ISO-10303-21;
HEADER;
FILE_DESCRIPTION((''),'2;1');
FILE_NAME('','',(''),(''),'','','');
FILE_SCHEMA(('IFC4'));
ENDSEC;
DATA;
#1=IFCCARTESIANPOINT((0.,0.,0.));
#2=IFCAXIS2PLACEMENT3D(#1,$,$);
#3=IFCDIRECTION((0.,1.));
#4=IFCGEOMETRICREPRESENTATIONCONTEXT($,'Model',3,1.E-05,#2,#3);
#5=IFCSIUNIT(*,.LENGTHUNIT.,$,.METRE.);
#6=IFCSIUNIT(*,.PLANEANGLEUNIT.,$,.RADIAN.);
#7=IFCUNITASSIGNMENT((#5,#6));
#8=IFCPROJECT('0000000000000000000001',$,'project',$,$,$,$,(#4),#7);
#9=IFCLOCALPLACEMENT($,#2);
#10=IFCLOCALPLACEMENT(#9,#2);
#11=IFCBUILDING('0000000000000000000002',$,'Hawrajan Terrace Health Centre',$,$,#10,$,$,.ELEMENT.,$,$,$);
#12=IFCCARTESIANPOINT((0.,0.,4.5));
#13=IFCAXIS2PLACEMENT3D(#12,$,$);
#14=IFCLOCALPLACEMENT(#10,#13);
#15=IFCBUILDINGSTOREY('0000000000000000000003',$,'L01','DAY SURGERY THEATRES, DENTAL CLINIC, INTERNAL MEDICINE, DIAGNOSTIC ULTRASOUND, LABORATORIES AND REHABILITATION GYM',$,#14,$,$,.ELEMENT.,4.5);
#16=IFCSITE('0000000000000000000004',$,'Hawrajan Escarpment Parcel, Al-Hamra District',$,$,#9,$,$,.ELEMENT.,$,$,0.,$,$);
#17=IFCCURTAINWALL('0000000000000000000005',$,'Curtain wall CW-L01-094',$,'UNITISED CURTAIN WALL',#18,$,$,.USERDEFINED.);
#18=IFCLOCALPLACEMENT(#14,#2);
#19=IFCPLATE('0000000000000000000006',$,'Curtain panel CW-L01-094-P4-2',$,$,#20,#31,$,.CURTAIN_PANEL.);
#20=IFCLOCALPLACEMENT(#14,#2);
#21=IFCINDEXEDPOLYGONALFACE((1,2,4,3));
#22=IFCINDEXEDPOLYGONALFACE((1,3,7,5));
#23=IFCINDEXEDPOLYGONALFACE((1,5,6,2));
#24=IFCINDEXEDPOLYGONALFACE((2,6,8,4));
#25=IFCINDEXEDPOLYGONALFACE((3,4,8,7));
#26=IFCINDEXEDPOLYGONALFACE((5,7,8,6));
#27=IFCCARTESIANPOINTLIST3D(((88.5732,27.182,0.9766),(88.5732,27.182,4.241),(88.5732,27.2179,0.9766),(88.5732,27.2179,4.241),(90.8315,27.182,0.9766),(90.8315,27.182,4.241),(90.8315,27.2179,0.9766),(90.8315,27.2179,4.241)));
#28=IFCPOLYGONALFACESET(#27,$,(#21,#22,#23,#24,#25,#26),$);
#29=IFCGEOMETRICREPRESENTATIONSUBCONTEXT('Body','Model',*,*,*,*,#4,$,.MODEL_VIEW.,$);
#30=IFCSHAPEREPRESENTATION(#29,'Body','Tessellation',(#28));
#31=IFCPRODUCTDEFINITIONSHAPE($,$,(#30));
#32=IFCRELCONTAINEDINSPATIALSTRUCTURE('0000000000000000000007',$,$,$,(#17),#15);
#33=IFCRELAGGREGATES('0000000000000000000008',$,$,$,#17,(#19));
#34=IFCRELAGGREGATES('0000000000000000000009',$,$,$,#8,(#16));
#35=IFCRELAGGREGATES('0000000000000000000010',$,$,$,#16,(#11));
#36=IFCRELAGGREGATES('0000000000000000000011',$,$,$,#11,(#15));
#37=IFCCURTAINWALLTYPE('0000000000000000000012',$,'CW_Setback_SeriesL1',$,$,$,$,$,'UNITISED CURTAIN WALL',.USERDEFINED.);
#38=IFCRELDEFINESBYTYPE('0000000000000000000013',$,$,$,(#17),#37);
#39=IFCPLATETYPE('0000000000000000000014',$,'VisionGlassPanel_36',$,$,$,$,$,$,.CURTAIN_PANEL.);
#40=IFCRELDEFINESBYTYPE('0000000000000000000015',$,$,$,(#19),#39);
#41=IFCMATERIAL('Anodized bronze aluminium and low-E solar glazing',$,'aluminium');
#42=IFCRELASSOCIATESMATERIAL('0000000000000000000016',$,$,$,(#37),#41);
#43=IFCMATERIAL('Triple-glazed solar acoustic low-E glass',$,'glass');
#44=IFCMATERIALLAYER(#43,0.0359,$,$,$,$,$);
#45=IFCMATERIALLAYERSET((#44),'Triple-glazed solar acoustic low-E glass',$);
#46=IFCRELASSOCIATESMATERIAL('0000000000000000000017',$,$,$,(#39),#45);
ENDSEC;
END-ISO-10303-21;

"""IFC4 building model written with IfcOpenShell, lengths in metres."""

from ifc_helpers import new_model, si_unit, direction, frame, origin, origin_2d, place, context, subcontext, project, spatial, rectangle, extrude, material, layer, layer_set, type_object, element, aggregate, save


model = new_model("IFC4")

# Units and contexts
model_context = context("Model", 3, precision=1e-05, world=origin(), true_north=direction((0.0, 1.0)))
body_context = subcontext(model_context, "Body", "Model", "MODEL_VIEW")
ifc_project = project(units=[si_unit("LENGTHUNIT", "METRE"), si_unit("PLANEANGLEUNIT", "RADIAN")], contexts=[model_context])

# Site, building, storey
site_placement = place(None, origin())
site = spatial("IfcSite", under=ifc_project, at=site_placement, Name="Hawrajan Escarpment Parcel, Al-Hamra District", CompositionType="ELEMENT", RefElevation=0.0)
building_placement = place(site_placement, origin())
building = spatial("IfcBuilding", under=site, at=building_placement, Name="Hawrajan Terrace Health Centre", CompositionType="ELEMENT")
storey_placement = place(building_placement, frame((0.0, 0.0, 4.5)))
storey = spatial("IfcBuildingStorey", under=building, at=storey_placement, Name="L01", Description="DAY SURGERY THEATRES, DENTAL CLINIC, INTERNAL MEDICINE, DIAGNOSTIC ULTRASOUND, LABORATORIES AND REHABILITATION GYM", CompositionType="ELEMENT", Elevation=4.5)

# Curtain wall
ifc_material_1 = material(Name="Anodized bronze aluminium and low-E solar glazing", Category="aluminium")
curtain_wall_type_1 = type_object("IfcCurtainWallType", Name="CW_Setback_SeriesL1", ElementType="UNITISED CURTAIN WALL", PredefinedType="USERDEFINED", material=ifc_material_1)
curtain_wall_1_placement = place(storey_placement, origin())
curtain_wall_1 = element("IfcCurtainWall", 1, at=curtain_wall_1_placement, inside=storey, type_object=curtain_wall_type_1, Name="Curtain wall CW-L01-094", ObjectType="UNITISED CURTAIN WALL", PredefinedType="USERDEFINED")

# Plate
ifc_material_2 = material(Name="Triple-glazed solar acoustic low-E glass", Category="glass")
ifc_layer_1 = layer(ifc_material_2, 0.0359)
ifc_layer_set_1 = layer_set([ifc_layer_1], Name="Triple-glazed solar acoustic low-E glass")
plate_type_1 = type_object("IfcPlateType", Name="VisionGlassPanel_36", PredefinedType="CURTAIN_PANEL", material=ifc_layer_set_1)
plate_1_placement = place(storey_placement, frame((89.7024, 27.2, 0.9766), z_axis=(0.0, 0.0, 1.0), x_axis=(1.0, 0.0, 0.0)))
plate_1 = element("IfcPlate", 2, at=plate_1_placement, type_object=plate_type_1, Name="Curtain panel CW-L01-094-P4-2", PredefinedType="CURTAIN_PANEL", context=body_context, shape_type="SweptSolid", body=[
    extrude(rectangle(XDim=2.2583, YDim=0.0359, at=origin_2d()), origin(), (0.0, 0.0, 1.0), 3.2644),
])
aggregate(curtain_wall_1, [plate_1])

save(model, "model.ifc")
